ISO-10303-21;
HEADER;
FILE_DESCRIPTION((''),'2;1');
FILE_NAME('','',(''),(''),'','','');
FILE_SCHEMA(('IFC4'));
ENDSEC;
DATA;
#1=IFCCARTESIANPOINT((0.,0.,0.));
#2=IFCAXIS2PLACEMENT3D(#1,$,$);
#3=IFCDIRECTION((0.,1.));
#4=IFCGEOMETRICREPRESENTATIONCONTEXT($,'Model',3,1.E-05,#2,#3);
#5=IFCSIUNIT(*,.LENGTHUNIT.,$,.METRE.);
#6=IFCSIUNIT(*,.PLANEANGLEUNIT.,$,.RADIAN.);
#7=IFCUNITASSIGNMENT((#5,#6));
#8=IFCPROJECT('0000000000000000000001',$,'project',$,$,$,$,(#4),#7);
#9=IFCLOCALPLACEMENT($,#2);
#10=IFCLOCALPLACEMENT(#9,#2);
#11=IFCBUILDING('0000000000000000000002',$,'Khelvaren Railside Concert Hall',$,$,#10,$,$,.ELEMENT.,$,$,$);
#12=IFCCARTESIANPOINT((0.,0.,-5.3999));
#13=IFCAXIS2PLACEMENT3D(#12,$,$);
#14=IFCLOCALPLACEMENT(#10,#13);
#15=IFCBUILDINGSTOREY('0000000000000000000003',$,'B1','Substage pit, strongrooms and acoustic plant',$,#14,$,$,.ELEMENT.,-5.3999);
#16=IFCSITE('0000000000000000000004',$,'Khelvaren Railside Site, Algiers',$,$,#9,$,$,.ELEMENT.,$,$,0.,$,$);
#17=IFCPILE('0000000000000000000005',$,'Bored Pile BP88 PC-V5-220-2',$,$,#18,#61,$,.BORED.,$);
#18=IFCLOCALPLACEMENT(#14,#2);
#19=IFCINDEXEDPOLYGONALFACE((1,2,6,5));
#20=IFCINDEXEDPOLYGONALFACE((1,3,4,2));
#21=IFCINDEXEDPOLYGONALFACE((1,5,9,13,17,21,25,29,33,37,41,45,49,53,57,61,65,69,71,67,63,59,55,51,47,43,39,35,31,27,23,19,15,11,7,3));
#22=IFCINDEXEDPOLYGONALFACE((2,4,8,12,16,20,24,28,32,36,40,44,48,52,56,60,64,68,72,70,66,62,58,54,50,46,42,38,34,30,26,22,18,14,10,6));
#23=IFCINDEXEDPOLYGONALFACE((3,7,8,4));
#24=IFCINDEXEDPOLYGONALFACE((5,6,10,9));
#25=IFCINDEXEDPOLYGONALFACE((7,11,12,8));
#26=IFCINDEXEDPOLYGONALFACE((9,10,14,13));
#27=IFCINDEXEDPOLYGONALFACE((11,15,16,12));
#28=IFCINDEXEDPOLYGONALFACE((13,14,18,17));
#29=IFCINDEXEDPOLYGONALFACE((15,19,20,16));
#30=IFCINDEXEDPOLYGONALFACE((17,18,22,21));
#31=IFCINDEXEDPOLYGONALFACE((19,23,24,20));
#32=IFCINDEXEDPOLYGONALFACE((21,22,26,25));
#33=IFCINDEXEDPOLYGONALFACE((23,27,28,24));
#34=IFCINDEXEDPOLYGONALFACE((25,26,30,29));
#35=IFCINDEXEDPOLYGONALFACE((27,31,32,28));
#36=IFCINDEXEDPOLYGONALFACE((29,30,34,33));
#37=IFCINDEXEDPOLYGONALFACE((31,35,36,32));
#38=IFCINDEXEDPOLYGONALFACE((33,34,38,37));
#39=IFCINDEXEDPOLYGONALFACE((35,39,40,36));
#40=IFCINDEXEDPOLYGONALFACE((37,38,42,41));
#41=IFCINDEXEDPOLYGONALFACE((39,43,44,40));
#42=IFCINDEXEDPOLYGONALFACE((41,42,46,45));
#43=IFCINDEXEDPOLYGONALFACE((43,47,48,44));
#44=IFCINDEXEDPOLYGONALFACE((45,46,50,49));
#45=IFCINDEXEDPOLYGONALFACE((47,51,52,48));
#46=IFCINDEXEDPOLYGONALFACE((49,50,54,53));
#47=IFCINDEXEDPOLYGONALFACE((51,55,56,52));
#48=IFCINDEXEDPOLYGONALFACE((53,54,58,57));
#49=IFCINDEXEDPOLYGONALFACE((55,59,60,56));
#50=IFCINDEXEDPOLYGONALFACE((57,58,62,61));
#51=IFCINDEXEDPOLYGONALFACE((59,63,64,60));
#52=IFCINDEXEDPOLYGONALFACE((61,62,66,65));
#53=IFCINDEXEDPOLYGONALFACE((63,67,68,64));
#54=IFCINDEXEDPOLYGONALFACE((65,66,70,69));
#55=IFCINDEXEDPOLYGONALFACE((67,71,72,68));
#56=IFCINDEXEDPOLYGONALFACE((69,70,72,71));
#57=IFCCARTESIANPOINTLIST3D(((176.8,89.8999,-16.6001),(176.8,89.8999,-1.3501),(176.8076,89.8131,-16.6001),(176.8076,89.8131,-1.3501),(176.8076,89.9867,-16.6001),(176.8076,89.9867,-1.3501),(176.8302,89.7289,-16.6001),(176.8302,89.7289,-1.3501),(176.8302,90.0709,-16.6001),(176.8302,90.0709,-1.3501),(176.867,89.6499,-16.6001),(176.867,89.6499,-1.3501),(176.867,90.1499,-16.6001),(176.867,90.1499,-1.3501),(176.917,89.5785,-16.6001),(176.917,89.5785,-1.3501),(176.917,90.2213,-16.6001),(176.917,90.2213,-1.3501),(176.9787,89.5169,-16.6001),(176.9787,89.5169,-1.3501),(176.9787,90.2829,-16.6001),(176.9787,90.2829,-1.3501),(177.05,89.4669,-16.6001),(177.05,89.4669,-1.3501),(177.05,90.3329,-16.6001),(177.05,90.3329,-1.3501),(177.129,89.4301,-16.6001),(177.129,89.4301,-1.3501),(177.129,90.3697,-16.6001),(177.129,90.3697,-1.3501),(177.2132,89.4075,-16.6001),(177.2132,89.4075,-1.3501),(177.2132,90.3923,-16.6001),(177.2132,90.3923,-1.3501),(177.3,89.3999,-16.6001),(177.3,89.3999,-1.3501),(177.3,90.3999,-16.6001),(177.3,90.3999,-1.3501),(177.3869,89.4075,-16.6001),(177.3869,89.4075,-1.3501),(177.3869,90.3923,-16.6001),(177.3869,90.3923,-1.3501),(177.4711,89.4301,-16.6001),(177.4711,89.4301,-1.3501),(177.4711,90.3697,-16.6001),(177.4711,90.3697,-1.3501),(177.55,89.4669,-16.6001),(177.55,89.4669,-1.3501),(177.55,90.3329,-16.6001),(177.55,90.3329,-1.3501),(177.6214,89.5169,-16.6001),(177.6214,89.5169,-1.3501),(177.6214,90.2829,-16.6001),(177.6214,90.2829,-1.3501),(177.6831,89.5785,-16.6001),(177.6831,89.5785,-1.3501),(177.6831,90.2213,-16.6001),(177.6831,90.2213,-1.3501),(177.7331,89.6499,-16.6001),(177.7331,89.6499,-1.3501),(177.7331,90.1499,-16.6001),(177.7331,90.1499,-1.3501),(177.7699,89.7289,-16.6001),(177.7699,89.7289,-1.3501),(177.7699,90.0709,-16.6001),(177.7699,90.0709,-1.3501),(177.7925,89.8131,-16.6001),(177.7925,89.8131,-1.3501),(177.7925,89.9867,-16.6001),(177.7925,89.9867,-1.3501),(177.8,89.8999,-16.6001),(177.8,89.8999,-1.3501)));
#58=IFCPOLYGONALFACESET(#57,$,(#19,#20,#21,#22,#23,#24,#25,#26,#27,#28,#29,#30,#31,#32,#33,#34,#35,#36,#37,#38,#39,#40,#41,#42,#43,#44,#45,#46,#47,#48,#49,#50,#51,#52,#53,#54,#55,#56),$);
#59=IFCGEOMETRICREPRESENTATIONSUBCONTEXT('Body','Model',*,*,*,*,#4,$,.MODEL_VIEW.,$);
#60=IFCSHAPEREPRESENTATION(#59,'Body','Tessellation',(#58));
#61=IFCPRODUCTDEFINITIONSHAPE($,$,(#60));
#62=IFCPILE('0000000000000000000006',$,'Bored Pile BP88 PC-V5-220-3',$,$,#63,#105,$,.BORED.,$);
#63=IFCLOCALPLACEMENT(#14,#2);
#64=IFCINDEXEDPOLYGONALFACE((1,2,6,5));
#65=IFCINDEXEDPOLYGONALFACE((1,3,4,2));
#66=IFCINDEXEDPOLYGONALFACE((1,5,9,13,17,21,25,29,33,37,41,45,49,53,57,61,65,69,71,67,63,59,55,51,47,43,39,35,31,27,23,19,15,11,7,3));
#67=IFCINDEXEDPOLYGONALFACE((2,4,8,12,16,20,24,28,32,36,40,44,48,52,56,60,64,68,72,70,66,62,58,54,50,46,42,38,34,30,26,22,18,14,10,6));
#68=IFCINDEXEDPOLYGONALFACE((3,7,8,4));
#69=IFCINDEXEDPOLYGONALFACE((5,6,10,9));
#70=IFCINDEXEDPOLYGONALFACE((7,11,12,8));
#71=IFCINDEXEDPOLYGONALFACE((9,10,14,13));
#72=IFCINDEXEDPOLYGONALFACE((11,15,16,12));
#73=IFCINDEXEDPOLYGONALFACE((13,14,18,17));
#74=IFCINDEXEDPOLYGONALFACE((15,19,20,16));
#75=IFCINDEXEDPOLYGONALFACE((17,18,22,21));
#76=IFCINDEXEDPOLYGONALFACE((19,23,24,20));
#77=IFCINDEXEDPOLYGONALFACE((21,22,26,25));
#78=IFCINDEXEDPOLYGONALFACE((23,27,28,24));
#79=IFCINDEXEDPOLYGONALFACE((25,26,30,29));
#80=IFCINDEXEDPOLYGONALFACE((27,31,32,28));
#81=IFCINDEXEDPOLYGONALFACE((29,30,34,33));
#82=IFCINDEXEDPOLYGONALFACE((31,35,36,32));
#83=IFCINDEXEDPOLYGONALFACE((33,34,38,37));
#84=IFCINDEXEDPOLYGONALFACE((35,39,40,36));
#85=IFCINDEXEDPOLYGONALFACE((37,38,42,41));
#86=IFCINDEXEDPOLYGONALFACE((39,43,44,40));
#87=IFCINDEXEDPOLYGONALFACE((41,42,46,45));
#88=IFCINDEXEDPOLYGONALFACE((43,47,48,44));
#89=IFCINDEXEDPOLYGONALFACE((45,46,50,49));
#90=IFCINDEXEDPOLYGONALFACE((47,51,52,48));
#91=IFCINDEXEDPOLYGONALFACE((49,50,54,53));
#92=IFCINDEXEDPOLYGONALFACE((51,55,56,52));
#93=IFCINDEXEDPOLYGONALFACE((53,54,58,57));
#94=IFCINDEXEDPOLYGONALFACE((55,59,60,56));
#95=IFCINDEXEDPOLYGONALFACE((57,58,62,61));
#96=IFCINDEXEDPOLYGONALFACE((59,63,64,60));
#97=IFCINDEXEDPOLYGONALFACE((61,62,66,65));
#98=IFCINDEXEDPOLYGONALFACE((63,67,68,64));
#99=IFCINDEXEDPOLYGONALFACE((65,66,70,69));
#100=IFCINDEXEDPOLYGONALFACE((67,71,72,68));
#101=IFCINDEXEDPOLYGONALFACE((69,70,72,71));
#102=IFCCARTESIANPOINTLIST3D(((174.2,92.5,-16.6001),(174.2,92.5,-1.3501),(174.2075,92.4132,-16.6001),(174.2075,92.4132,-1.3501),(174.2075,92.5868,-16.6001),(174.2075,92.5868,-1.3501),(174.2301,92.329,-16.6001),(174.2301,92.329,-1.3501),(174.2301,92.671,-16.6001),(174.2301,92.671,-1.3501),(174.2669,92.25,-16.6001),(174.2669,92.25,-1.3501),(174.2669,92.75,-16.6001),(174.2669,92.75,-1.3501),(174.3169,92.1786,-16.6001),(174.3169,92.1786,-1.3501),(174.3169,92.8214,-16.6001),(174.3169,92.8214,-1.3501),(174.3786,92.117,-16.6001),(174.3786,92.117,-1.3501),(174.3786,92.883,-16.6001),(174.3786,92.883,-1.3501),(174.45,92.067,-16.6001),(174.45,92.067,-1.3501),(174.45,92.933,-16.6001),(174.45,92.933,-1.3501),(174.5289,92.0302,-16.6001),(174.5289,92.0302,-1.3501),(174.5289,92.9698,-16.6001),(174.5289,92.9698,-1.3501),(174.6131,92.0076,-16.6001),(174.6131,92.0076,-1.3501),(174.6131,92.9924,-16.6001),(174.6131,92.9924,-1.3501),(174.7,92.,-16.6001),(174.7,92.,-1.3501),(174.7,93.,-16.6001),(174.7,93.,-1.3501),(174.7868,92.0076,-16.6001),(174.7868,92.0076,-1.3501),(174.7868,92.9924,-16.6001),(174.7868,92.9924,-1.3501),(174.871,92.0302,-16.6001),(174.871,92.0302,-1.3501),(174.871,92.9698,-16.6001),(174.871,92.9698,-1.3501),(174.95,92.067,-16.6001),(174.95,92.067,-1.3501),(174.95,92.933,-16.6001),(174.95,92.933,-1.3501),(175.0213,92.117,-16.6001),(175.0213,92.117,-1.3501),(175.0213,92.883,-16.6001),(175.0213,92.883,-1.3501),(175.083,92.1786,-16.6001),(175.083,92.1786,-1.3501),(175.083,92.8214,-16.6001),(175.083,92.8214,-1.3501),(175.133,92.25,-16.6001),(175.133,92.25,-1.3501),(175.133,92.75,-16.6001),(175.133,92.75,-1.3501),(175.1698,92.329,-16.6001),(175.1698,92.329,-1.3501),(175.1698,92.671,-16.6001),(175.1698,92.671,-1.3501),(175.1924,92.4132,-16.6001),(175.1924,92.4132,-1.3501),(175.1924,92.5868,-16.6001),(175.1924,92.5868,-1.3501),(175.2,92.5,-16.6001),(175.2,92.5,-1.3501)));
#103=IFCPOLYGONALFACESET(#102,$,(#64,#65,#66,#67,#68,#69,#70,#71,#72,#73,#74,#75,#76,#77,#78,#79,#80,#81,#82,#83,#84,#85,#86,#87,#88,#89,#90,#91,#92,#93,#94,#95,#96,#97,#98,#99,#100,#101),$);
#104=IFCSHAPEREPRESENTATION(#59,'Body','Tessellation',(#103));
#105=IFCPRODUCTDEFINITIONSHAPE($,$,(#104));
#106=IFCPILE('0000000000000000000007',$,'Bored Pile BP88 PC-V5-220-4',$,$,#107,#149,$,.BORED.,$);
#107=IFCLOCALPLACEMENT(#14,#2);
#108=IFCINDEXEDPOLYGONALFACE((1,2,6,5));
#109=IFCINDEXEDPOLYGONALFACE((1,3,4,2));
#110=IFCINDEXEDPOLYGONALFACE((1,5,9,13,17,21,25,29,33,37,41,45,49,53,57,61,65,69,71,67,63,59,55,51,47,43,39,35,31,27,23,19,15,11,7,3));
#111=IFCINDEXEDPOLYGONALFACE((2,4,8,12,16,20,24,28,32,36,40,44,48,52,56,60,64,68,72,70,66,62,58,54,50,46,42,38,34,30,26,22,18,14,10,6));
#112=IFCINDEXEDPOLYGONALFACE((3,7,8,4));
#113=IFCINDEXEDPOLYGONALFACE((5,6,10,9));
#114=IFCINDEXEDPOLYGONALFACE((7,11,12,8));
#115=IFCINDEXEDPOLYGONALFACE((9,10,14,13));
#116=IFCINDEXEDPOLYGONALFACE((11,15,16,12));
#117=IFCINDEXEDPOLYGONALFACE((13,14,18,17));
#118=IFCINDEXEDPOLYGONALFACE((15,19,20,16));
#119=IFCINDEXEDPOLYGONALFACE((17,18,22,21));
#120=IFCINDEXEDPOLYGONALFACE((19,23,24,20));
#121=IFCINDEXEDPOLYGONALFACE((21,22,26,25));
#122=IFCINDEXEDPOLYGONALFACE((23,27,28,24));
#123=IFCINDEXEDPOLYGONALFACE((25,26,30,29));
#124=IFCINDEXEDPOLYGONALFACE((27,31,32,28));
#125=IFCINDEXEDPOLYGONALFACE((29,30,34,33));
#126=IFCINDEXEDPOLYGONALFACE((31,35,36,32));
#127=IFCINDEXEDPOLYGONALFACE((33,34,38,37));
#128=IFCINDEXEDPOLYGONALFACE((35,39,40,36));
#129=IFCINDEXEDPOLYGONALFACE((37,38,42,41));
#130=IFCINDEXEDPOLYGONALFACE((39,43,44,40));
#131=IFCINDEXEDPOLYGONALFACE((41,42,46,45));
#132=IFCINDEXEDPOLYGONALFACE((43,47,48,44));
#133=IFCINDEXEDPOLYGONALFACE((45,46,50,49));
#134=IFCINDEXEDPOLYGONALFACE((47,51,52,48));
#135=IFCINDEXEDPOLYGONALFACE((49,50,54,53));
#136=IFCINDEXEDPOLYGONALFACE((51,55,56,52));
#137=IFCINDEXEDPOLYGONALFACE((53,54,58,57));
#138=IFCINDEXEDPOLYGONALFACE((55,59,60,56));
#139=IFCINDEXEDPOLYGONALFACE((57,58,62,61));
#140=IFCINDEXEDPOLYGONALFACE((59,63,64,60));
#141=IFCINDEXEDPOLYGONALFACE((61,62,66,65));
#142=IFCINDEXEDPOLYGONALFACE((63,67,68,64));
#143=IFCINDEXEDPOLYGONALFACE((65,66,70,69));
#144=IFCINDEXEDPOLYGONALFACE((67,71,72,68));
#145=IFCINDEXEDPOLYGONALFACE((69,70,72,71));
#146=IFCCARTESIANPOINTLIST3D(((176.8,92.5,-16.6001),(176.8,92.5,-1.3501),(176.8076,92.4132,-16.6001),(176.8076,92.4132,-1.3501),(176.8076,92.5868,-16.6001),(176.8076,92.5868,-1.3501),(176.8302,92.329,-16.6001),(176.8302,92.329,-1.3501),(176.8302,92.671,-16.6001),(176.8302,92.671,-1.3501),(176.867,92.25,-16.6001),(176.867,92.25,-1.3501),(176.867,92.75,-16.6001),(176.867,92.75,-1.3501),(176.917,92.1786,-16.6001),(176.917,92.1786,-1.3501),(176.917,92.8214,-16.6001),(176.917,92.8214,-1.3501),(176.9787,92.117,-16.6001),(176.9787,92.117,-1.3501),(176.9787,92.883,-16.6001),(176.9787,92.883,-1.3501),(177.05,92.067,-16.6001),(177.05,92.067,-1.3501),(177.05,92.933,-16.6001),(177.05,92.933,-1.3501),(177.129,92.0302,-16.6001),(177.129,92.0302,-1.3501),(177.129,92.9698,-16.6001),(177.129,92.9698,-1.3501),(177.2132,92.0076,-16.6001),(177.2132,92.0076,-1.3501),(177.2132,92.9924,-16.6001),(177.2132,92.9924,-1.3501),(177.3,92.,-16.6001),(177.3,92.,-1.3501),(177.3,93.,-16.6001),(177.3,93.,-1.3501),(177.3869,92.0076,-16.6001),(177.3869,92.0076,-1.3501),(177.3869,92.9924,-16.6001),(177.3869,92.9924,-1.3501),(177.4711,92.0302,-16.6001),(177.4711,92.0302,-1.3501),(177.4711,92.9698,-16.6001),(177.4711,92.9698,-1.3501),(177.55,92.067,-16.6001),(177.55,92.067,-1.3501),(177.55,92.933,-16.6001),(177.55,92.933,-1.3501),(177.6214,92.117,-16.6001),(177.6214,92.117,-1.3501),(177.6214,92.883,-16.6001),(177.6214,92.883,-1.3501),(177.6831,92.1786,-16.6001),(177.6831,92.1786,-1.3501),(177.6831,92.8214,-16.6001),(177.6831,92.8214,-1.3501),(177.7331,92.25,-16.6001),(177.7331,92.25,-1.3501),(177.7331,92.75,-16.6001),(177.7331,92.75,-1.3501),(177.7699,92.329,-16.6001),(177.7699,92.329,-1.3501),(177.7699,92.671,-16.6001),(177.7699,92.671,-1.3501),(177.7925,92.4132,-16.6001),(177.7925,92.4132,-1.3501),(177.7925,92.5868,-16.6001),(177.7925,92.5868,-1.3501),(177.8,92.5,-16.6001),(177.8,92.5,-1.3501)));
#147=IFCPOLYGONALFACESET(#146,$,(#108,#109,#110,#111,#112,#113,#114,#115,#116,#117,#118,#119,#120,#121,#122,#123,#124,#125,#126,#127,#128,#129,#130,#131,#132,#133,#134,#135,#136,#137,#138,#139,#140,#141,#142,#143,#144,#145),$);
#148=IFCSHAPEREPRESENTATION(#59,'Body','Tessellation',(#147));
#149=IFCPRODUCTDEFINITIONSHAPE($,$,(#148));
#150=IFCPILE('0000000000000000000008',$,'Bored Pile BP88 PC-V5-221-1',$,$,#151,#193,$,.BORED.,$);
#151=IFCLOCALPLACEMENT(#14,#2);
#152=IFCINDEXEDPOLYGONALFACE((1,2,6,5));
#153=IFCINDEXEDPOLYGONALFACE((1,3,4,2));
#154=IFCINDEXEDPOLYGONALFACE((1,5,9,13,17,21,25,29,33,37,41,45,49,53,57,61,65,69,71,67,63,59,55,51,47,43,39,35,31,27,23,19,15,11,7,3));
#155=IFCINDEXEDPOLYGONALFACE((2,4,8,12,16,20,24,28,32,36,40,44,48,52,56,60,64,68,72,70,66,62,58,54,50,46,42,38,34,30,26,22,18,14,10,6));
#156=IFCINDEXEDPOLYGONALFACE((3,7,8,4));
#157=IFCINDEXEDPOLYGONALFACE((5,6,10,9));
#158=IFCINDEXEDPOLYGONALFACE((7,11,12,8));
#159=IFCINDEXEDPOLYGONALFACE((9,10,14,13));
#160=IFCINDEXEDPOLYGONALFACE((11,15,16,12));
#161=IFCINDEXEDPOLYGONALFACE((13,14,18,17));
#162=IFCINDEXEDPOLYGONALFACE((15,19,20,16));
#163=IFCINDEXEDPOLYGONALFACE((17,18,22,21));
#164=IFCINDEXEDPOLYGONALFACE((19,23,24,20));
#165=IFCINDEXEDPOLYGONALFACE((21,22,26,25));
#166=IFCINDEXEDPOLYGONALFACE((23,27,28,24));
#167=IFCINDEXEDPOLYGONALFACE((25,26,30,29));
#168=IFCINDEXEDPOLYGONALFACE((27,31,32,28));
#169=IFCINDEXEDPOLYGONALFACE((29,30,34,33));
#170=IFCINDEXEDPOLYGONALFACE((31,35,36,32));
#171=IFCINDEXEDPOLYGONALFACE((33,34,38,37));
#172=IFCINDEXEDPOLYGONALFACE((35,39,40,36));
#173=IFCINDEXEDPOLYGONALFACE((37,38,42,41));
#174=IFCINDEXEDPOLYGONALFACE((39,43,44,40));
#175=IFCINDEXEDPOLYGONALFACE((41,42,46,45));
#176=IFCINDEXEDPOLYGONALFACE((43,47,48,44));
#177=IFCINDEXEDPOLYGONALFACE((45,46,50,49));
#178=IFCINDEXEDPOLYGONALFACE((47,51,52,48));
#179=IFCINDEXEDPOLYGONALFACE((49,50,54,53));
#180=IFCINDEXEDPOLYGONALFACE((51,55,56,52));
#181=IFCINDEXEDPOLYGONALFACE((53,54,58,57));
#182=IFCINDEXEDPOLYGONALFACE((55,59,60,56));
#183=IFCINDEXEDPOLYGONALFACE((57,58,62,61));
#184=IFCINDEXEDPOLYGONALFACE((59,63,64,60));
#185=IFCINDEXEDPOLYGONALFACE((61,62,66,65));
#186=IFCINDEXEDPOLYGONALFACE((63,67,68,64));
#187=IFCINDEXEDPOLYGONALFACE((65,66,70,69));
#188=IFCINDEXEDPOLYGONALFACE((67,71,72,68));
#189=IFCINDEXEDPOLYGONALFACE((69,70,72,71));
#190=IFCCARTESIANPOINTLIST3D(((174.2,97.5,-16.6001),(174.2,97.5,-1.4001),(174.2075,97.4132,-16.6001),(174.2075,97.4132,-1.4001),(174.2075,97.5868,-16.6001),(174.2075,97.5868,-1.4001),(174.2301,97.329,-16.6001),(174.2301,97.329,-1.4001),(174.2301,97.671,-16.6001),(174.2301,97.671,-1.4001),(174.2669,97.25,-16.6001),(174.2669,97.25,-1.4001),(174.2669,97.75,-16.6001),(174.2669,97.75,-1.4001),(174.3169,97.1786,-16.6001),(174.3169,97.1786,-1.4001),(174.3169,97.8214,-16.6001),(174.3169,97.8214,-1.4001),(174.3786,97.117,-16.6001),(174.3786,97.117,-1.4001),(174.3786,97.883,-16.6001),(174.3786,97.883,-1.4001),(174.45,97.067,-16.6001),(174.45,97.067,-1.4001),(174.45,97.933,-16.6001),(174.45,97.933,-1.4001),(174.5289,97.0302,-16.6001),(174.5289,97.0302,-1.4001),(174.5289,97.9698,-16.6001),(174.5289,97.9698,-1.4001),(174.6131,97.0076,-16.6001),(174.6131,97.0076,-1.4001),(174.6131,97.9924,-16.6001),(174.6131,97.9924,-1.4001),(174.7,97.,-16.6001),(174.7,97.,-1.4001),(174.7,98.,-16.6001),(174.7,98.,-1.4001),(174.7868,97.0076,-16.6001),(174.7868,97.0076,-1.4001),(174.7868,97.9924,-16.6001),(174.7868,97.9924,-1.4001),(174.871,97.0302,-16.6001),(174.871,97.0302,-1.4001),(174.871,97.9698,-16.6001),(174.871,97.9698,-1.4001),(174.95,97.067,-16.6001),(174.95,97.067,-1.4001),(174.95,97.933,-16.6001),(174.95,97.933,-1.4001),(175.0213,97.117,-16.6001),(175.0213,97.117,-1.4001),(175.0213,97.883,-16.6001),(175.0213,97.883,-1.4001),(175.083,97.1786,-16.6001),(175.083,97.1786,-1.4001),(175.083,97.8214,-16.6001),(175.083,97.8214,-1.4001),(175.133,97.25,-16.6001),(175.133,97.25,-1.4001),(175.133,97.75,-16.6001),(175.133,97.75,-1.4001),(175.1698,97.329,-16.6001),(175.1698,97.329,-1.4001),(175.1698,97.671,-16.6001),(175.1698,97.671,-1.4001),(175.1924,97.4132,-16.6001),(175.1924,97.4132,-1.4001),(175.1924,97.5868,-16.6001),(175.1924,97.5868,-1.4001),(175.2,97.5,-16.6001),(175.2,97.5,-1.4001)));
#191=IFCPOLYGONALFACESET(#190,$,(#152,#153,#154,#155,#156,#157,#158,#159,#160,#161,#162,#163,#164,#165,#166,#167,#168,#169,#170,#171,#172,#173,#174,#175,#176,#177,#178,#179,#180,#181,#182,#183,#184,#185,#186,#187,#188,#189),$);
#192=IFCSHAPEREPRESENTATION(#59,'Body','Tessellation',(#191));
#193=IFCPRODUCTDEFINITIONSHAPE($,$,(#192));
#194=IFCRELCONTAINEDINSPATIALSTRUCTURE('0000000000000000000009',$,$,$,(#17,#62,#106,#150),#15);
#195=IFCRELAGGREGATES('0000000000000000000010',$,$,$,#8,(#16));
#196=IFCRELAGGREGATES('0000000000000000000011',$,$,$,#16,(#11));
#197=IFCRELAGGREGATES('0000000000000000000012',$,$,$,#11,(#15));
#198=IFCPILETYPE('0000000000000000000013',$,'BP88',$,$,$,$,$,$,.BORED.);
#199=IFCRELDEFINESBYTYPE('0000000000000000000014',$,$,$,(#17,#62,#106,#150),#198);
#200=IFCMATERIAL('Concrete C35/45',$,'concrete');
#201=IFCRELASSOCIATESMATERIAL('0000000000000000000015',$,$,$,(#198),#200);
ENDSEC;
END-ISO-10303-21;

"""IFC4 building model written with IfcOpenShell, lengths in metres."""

from ifc_helpers import new_model, si_unit, direction, frame, origin, origin_2d, place, context, subcontext, project, spatial, circle, extrude, material, material_profile, profile_set, type_object, element, save


model = new_model("IFC4")

# Units and contexts
model_context = context("Model", 3, precision=1e-05, world=origin(), true_north=direction((0.0, 1.0)))
body_context = subcontext(model_context, "Body", "Model", "MODEL_VIEW")
ifc_project = project(units=[si_unit("LENGTHUNIT", "METRE"), si_unit("PLANEANGLEUNIT", "RADIAN")], contexts=[model_context])

# Site, building, storey
site_placement = place(None, origin())
site = spatial("IfcSite", under=ifc_project, at=site_placement, Name="Khelvaren Railside Site, Algiers", CompositionType="ELEMENT", RefElevation=0.0)
building_placement = place(site_placement, origin())
building = spatial("IfcBuilding", under=site, at=building_placement, Name="Khelvaren Railside Concert Hall", CompositionType="ELEMENT")
storey_placement = place(building_placement, frame((0.0, 0.0, -5.3999)))
storey = spatial("IfcBuildingStorey", under=building, at=storey_placement, Name="B1", Description="Substage pit, strongrooms and acoustic plant", CompositionType="ELEMENT", Elevation=-5.3999)

# Piles
ifc_material_1 = material(Name="Concrete C35/45", Category="concrete")
ifc_material_profile_1 = material_profile(ifc_material_1, circle(Radius=0.5, at=origin_2d()), Name="BP D1000")
ifc_profile_set_1 = profile_set([ifc_material_profile_1], Name="Concrete C35/45")
pile_type_1 = type_object("IfcPileType", Name="BP88", PredefinedType="BORED", material=ifc_profile_set_1)
for number, where, z_axis, x_axis, name in (
    (1, (177.3, 89.8999, -1.3501), (0.0, 0.0, -1.0), (1.0, 0.0, 0.0), "Bored Pile BP88 PC-V5-220-2"),
    (2, (174.7, 92.5, -1.3501), (0.0, 0.0, -1.0), (1.0, 0.0, 0.0), "Bored Pile BP88 PC-V5-220-3"),
    (3, (177.3, 92.5, -1.3501), (0.0, 0.0, -1.0), (1.0, 0.0, 0.0), "Bored Pile BP88 PC-V5-220-4"),
):
    element("IfcPile", number, at=place(storey_placement, frame(where, z_axis=z_axis, x_axis=x_axis)), inside=storey, type_object=pile_type_1, Name=name, PredefinedType="BORED", context=body_context, shape_type="SweptSolid", body=[
        extrude(circle(Radius=0.5, at=origin_2d()), origin(), (0.0, 0.0, 1.0), 15.25),
    ])
for number, where, z_axis, x_axis, name in (
    (4, (174.7, 97.5, -1.4001), (0.0, 0.0, -1.0), (1.0, 0.0, 0.0), "Bored Pile BP88 PC-V5-221-1"),
):
    element("IfcPile", number, at=place(storey_placement, frame(where, z_axis=z_axis, x_axis=x_axis)), inside=storey, type_object=pile_type_1, Name=name, PredefinedType="BORED", context=body_context, shape_type="SweptSolid", body=[
        extrude(circle(Radius=0.5, at=origin_2d()), origin(), (0.0, 0.0, 1.0), 15.2),
    ])

save(model, "model.ifc")
